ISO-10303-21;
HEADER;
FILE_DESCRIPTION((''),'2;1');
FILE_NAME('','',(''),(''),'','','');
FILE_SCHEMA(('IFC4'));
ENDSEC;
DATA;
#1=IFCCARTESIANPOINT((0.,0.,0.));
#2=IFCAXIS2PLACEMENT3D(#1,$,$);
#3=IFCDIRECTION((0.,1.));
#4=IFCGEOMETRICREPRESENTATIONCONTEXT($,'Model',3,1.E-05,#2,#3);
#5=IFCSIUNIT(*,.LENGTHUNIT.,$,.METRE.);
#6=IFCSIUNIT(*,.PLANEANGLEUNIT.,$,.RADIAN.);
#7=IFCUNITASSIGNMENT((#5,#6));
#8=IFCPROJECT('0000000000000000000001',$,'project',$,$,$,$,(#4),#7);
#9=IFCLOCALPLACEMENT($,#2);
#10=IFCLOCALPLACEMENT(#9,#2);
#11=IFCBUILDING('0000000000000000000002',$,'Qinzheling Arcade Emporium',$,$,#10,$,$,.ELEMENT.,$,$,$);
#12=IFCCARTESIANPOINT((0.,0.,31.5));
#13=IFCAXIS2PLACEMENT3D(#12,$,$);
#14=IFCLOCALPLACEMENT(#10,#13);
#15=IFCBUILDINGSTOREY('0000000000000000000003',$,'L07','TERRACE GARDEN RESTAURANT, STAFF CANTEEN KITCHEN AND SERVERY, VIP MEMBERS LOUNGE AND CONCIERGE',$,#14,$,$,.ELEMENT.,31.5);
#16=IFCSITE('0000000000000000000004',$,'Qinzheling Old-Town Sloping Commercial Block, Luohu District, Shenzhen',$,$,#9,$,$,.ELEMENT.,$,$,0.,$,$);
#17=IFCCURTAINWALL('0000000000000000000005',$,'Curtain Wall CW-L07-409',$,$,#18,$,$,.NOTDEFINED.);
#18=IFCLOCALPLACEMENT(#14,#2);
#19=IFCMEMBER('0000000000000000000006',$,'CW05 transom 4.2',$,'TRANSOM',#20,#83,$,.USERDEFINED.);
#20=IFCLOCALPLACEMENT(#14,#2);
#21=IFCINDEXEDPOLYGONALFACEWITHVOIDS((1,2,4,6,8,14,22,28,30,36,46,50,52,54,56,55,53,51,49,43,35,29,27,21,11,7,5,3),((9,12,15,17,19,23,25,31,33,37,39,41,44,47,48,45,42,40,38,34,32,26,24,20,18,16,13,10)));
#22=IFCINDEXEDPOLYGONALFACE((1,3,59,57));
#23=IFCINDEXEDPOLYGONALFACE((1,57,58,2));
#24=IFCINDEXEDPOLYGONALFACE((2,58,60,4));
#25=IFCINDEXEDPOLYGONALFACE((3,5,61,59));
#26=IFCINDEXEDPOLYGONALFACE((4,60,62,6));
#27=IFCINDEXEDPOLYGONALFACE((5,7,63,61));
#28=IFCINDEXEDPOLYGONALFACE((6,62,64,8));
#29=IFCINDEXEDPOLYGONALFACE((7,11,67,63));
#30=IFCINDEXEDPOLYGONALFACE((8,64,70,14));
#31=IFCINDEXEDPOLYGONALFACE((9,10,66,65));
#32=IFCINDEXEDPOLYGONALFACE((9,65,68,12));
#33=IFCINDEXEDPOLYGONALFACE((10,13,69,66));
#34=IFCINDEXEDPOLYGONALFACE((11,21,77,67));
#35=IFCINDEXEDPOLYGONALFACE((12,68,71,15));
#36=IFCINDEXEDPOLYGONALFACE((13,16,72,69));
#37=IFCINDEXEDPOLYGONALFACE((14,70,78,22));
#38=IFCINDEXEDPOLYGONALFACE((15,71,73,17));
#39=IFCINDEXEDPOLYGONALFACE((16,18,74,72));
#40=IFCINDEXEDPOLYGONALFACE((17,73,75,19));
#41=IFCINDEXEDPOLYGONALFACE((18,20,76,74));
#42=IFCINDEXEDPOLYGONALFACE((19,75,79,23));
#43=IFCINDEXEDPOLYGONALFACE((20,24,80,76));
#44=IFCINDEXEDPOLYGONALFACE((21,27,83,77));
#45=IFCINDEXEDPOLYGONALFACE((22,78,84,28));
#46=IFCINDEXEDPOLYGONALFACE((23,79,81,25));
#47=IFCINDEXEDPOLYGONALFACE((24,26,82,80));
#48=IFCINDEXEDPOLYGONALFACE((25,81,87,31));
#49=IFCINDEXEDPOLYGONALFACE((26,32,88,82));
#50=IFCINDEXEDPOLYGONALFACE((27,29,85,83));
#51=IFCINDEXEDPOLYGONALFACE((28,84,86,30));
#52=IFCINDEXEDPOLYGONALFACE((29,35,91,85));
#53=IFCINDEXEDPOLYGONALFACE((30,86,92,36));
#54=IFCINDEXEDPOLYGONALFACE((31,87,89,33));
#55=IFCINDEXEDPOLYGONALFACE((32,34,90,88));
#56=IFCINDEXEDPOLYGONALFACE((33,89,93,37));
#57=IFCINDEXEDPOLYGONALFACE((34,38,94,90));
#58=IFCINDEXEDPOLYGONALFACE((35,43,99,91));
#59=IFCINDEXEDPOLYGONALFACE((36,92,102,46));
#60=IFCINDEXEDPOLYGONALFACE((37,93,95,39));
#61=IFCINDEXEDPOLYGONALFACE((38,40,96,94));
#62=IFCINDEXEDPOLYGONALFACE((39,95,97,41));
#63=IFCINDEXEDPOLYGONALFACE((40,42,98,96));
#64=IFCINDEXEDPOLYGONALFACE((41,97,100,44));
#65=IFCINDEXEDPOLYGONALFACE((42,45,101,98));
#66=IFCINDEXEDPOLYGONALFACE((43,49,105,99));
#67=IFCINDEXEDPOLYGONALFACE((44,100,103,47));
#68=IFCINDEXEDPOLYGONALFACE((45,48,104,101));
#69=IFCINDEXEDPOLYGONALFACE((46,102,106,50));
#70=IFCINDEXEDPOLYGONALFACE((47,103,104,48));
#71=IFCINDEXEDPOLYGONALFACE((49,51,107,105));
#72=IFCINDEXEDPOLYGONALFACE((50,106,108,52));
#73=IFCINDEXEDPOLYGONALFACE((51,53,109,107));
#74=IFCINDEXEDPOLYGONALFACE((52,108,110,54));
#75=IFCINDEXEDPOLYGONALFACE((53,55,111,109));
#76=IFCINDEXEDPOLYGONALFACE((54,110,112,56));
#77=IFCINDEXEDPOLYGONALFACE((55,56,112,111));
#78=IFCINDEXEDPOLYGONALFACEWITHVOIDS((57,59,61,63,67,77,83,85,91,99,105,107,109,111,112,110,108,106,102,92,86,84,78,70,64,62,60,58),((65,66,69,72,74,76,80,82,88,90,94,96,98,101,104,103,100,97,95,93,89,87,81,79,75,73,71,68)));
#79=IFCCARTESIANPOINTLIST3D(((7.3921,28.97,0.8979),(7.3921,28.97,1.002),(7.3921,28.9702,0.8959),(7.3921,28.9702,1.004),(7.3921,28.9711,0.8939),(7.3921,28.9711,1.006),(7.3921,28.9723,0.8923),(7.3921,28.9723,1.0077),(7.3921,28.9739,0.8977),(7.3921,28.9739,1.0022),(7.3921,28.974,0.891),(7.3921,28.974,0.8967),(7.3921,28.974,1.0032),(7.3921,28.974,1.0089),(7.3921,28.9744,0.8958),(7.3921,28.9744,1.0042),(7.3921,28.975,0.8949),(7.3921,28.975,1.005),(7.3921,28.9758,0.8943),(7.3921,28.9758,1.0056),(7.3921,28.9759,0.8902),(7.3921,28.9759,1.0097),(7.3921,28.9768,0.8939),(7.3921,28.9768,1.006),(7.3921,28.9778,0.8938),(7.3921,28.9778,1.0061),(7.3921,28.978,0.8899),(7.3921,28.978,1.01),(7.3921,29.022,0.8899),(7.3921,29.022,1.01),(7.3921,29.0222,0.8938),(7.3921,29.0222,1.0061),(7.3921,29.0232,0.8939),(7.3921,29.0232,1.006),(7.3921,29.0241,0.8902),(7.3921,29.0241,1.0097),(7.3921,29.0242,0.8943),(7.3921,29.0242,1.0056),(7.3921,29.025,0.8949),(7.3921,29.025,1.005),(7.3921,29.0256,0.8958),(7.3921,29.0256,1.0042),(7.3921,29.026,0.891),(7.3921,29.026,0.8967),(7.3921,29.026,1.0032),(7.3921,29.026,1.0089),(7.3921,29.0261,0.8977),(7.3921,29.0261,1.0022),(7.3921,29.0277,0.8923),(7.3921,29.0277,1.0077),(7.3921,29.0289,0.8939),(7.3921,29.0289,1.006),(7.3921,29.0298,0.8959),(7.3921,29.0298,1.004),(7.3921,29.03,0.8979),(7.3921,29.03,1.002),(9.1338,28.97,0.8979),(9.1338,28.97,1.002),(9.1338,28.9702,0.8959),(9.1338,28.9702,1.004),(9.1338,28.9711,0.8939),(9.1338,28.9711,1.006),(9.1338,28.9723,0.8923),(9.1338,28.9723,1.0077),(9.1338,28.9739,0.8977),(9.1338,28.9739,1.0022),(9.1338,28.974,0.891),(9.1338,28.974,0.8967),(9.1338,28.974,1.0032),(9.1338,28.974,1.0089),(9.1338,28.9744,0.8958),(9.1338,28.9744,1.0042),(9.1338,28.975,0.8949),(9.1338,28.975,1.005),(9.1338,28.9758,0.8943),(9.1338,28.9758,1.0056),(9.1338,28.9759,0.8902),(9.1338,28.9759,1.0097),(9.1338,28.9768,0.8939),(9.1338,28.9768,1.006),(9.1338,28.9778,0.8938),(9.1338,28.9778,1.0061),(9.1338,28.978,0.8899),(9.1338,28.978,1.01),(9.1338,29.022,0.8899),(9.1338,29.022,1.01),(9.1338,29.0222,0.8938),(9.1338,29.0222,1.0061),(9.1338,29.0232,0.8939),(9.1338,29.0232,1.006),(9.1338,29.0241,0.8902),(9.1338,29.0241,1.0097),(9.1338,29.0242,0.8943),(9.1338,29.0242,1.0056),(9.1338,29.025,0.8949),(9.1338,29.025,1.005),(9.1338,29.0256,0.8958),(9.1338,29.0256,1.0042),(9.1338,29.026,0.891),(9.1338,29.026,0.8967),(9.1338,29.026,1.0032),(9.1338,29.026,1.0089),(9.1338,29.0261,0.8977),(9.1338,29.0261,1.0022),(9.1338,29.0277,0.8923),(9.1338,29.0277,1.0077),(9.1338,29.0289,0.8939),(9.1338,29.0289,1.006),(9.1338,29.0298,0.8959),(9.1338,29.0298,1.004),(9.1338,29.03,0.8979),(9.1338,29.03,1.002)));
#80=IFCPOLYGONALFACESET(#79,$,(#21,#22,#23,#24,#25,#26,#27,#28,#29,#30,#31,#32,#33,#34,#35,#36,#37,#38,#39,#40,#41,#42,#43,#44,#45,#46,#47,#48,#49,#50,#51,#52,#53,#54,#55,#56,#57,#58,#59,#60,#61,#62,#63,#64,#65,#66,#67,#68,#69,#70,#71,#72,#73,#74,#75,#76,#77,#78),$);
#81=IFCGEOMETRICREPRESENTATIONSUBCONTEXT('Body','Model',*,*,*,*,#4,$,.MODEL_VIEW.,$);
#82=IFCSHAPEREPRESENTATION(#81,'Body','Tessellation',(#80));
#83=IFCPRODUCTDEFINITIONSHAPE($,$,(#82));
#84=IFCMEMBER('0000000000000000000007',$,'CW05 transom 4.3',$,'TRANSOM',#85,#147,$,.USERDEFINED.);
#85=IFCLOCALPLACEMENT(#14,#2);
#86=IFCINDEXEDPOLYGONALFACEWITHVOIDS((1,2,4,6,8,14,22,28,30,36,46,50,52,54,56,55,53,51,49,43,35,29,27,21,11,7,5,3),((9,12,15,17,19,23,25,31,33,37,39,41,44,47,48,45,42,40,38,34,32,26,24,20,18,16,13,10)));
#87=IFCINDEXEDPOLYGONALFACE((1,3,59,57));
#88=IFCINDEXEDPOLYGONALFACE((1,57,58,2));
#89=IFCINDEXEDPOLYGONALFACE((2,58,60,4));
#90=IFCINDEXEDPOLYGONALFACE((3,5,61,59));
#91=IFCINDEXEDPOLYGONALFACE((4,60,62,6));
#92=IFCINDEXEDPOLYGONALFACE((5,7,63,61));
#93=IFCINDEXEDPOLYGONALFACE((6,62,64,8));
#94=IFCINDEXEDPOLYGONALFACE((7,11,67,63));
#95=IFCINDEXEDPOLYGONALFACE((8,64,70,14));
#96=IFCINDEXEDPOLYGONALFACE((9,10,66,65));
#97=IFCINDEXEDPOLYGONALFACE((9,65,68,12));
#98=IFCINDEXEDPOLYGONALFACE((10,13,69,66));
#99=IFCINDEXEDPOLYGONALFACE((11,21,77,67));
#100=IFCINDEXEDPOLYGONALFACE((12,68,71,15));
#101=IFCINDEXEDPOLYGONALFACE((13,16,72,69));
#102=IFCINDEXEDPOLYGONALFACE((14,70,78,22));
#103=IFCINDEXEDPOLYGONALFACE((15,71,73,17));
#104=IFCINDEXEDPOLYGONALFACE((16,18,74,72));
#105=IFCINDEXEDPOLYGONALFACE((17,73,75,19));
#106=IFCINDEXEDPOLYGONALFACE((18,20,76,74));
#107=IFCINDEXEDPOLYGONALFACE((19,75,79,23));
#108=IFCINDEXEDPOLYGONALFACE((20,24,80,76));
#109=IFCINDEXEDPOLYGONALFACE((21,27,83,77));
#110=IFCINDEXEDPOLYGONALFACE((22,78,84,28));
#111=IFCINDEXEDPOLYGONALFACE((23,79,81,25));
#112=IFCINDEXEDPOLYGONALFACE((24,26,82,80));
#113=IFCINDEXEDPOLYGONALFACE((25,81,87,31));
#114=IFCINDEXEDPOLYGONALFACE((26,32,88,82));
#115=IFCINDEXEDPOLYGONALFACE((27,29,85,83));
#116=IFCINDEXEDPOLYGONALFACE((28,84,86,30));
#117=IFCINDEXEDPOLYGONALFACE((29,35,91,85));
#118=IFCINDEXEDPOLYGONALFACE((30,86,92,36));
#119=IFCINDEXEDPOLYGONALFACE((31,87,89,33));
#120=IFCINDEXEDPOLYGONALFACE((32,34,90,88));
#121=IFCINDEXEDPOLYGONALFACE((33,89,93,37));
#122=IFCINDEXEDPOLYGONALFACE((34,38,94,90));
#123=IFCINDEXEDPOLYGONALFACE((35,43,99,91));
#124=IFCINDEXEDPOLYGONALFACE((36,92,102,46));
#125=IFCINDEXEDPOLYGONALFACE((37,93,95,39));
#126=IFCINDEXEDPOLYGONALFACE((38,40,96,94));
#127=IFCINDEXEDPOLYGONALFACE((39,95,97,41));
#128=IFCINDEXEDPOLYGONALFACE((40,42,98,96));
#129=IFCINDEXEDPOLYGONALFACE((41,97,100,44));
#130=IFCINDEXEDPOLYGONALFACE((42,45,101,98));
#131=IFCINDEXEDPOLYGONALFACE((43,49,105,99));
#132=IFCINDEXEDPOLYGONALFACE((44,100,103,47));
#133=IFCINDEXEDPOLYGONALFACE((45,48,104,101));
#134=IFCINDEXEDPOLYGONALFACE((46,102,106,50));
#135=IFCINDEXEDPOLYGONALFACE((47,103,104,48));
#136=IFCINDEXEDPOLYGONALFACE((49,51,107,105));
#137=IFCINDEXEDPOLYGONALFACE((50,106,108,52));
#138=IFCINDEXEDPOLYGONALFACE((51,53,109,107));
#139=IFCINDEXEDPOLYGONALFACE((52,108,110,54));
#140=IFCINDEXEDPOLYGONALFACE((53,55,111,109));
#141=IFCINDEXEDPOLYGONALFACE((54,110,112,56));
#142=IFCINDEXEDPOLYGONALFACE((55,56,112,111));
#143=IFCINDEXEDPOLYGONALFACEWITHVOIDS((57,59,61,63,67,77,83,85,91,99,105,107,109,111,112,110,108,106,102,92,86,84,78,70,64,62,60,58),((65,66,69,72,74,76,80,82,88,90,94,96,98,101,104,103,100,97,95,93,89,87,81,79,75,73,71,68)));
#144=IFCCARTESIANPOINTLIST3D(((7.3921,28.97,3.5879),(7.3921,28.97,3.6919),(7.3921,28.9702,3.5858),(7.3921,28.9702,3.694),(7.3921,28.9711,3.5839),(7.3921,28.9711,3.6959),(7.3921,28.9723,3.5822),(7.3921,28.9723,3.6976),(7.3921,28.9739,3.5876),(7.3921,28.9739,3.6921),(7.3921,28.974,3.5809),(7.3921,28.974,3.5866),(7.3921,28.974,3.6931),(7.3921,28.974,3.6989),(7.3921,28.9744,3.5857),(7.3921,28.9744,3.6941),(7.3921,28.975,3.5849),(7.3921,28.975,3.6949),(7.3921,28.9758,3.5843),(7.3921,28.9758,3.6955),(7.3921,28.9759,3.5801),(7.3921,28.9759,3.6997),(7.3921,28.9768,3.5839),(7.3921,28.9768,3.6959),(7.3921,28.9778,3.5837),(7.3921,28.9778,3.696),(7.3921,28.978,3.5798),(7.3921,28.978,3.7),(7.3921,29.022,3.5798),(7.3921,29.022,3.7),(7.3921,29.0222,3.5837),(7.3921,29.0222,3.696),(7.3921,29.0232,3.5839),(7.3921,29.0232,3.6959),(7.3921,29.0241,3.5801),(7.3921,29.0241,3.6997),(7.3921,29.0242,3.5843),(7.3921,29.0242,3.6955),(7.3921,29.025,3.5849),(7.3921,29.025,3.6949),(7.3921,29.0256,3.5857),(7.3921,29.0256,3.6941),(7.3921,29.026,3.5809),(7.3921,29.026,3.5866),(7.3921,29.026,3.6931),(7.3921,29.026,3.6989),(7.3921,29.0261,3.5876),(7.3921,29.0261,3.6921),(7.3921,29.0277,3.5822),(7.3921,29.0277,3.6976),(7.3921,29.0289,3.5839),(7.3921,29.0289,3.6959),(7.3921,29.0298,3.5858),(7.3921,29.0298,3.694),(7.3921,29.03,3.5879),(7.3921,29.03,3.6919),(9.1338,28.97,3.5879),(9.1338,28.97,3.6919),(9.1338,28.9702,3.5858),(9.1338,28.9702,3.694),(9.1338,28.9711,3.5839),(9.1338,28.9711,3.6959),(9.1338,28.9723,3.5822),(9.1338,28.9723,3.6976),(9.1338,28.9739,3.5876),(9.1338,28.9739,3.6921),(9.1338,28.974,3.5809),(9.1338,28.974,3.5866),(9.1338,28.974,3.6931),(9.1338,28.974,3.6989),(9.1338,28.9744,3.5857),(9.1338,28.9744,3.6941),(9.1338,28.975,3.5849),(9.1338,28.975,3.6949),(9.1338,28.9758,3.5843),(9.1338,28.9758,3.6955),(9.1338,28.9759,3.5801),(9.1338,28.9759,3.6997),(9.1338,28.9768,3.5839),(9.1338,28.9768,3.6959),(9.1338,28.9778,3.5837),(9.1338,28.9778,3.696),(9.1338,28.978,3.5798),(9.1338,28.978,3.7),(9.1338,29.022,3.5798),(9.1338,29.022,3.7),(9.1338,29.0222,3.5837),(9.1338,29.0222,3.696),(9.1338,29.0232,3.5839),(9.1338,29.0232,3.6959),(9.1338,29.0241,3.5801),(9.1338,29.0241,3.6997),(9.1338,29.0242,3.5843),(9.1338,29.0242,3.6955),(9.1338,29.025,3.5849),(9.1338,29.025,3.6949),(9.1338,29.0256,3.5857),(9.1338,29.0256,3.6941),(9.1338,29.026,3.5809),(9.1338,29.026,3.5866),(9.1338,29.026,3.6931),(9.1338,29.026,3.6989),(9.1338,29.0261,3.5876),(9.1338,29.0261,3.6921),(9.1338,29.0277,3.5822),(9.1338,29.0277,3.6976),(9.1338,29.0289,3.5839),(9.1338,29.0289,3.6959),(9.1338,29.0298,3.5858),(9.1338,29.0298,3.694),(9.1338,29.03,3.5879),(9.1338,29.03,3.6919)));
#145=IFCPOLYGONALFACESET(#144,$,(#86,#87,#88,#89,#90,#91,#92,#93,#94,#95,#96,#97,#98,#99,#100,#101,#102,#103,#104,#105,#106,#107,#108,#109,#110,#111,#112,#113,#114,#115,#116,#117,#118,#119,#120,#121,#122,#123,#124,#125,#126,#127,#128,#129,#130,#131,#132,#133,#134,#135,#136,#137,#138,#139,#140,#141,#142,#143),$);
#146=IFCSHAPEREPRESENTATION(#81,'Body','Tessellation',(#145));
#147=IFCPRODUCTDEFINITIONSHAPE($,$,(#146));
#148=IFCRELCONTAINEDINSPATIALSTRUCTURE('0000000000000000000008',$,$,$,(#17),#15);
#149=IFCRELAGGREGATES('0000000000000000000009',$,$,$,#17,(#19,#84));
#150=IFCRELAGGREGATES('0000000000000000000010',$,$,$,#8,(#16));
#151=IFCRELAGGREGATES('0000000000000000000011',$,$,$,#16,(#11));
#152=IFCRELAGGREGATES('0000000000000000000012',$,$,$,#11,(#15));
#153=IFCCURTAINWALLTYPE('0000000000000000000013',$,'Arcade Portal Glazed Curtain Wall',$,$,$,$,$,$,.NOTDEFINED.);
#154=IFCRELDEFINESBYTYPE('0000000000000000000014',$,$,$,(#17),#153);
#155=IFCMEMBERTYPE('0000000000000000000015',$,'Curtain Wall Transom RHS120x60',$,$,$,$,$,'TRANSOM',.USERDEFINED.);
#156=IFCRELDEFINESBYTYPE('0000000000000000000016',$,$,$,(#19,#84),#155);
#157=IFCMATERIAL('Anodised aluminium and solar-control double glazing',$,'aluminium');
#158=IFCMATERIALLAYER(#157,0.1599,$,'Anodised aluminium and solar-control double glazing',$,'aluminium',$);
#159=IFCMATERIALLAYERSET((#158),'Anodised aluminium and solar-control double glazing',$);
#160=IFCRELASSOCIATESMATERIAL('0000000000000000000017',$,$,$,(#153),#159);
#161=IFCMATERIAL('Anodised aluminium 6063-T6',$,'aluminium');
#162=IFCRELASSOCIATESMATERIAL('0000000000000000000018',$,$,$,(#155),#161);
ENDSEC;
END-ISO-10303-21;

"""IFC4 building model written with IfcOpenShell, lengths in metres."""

from ifc_helpers import new_model, si_unit, direction, frame, origin, origin_2d, place, context, subcontext, project, spatial, hollow_rectangle, extrude, material, layer, layer_set, material_profile, profile_set, type_object, element, aggregate, save


model = new_model("IFC4")

# Units and contexts
model_context = context("Model", 3, precision=1e-05, world=origin(), true_north=direction((0.0, 1.0)))
body_context = subcontext(model_context, "Body", "Model", "MODEL_VIEW")
ifc_project = project(units=[si_unit("LENGTHUNIT", "METRE"), si_unit("PLANEANGLEUNIT", "RADIAN")], contexts=[model_context])

# Site, building, storey
site_placement = place(None, origin())
site = spatial("IfcSite", under=ifc_project, at=site_placement, Name="Qinzheling Old-Town Sloping Commercial Block, Luohu District, Shenzhen", CompositionType="ELEMENT", RefElevation=0.0)
building_placement = place(site_placement, origin())
building = spatial("IfcBuilding", under=site, at=building_placement, Name="Qinzheling Arcade Emporium", CompositionType="ELEMENT")
storey_placement = place(building_placement, frame((0.0, 0.0, 31.5)))
storey = spatial("IfcBuildingStorey", under=building, at=storey_placement, Name="L07", Description="TERRACE GARDEN RESTAURANT, STAFF CANTEEN KITCHEN AND SERVERY, VIP MEMBERS LOUNGE AND CONCIERGE", CompositionType="ELEMENT", Elevation=31.5)

# Curtain wall
ifc_material_1 = material(Name="Anodised aluminium and solar-control double glazing", Category="aluminium")
ifc_layer_1 = layer(ifc_material_1, 0.1599, Name="Anodised aluminium and solar-control double glazing", Category="aluminium")
ifc_layer_set_1 = layer_set([ifc_layer_1], Name="Anodised aluminium and solar-control double glazing")
curtain_wall_type = type_object("IfcCurtainWallType", Name="Arcade Portal Glazed Curtain Wall", PredefinedType="NOTDEFINED", material=ifc_layer_set_1)
curtain_wall_1_placement = place(storey_placement, origin())
curtain_wall_1 = element("IfcCurtainWall", 1, at=curtain_wall_1_placement, inside=storey, type_object=curtain_wall_type, Name="Curtain Wall CW-L07-409", PredefinedType="NOTDEFINED")
ifc_material_2 = material(Name="Anodised aluminium 6063-T6", Category="aluminium")

# Members
ifc_material_profile_1 = material_profile(ifc_material_2, hollow_rectangle(XDim=0.0601, YDim=0.1201, WallThickness=0.0039, InnerFilletRadius=0.0039, OuterFilletRadius=0.0081, at=origin_2d()), Name="RHS 120x60x4", Category="aluminium")
ifc_profile_set_1 = profile_set([ifc_material_profile_1], Name="Anodised aluminium 6063-T6")
member_type_1 = type_object("IfcMemberType", Name="Curtain Wall Transom RHS120x60", ElementType="TRANSOM", PredefinedType="USERDEFINED", material=ifc_profile_set_1)
member_1_placement = place(storey_placement, frame((9.1338, 29.0, 0.95), z_axis=(-1.0, 0.0, 0.0), x_axis=(0.0, -1.0, 0.0)))
member_1 = element("IfcMember", 2, at=member_1_placement, type_object=member_type_1, Name="CW05 transom 4.2", ObjectType="TRANSOM", PredefinedType="USERDEFINED", context=body_context, shape_type="SweptSolid", body=[
    extrude(hollow_rectangle(XDim=0.0601, YDim=0.1201, WallThickness=0.0039, InnerFilletRadius=0.0039, OuterFilletRadius=0.0081, at=origin_2d()), origin(), (0.0, 0.0, 1.0), 1.7417),
])
member_2_placement = place(storey_placement, frame((9.1338, 29.0, 3.6399), z_axis=(-1.0, 0.0, 0.0), x_axis=(0.0, -1.0, 0.0)))
member_2 = element("IfcMember", 3, at=member_2_placement, type_object=member_type_1, Name="CW05 transom 4.3", ObjectType="TRANSOM", PredefinedType="USERDEFINED", context=body_context, shape_type="SweptSolid", body=[
    extrude(hollow_rectangle(XDim=0.0601, YDim=0.1201, WallThickness=0.0039, InnerFilletRadius=0.0039, OuterFilletRadius=0.0081, at=origin_2d()), origin(), (0.0, 0.0, 1.0), 1.7417),
])

aggregate(curtain_wall_1, [member_1, member_2])

save(model, "model.ifc")
